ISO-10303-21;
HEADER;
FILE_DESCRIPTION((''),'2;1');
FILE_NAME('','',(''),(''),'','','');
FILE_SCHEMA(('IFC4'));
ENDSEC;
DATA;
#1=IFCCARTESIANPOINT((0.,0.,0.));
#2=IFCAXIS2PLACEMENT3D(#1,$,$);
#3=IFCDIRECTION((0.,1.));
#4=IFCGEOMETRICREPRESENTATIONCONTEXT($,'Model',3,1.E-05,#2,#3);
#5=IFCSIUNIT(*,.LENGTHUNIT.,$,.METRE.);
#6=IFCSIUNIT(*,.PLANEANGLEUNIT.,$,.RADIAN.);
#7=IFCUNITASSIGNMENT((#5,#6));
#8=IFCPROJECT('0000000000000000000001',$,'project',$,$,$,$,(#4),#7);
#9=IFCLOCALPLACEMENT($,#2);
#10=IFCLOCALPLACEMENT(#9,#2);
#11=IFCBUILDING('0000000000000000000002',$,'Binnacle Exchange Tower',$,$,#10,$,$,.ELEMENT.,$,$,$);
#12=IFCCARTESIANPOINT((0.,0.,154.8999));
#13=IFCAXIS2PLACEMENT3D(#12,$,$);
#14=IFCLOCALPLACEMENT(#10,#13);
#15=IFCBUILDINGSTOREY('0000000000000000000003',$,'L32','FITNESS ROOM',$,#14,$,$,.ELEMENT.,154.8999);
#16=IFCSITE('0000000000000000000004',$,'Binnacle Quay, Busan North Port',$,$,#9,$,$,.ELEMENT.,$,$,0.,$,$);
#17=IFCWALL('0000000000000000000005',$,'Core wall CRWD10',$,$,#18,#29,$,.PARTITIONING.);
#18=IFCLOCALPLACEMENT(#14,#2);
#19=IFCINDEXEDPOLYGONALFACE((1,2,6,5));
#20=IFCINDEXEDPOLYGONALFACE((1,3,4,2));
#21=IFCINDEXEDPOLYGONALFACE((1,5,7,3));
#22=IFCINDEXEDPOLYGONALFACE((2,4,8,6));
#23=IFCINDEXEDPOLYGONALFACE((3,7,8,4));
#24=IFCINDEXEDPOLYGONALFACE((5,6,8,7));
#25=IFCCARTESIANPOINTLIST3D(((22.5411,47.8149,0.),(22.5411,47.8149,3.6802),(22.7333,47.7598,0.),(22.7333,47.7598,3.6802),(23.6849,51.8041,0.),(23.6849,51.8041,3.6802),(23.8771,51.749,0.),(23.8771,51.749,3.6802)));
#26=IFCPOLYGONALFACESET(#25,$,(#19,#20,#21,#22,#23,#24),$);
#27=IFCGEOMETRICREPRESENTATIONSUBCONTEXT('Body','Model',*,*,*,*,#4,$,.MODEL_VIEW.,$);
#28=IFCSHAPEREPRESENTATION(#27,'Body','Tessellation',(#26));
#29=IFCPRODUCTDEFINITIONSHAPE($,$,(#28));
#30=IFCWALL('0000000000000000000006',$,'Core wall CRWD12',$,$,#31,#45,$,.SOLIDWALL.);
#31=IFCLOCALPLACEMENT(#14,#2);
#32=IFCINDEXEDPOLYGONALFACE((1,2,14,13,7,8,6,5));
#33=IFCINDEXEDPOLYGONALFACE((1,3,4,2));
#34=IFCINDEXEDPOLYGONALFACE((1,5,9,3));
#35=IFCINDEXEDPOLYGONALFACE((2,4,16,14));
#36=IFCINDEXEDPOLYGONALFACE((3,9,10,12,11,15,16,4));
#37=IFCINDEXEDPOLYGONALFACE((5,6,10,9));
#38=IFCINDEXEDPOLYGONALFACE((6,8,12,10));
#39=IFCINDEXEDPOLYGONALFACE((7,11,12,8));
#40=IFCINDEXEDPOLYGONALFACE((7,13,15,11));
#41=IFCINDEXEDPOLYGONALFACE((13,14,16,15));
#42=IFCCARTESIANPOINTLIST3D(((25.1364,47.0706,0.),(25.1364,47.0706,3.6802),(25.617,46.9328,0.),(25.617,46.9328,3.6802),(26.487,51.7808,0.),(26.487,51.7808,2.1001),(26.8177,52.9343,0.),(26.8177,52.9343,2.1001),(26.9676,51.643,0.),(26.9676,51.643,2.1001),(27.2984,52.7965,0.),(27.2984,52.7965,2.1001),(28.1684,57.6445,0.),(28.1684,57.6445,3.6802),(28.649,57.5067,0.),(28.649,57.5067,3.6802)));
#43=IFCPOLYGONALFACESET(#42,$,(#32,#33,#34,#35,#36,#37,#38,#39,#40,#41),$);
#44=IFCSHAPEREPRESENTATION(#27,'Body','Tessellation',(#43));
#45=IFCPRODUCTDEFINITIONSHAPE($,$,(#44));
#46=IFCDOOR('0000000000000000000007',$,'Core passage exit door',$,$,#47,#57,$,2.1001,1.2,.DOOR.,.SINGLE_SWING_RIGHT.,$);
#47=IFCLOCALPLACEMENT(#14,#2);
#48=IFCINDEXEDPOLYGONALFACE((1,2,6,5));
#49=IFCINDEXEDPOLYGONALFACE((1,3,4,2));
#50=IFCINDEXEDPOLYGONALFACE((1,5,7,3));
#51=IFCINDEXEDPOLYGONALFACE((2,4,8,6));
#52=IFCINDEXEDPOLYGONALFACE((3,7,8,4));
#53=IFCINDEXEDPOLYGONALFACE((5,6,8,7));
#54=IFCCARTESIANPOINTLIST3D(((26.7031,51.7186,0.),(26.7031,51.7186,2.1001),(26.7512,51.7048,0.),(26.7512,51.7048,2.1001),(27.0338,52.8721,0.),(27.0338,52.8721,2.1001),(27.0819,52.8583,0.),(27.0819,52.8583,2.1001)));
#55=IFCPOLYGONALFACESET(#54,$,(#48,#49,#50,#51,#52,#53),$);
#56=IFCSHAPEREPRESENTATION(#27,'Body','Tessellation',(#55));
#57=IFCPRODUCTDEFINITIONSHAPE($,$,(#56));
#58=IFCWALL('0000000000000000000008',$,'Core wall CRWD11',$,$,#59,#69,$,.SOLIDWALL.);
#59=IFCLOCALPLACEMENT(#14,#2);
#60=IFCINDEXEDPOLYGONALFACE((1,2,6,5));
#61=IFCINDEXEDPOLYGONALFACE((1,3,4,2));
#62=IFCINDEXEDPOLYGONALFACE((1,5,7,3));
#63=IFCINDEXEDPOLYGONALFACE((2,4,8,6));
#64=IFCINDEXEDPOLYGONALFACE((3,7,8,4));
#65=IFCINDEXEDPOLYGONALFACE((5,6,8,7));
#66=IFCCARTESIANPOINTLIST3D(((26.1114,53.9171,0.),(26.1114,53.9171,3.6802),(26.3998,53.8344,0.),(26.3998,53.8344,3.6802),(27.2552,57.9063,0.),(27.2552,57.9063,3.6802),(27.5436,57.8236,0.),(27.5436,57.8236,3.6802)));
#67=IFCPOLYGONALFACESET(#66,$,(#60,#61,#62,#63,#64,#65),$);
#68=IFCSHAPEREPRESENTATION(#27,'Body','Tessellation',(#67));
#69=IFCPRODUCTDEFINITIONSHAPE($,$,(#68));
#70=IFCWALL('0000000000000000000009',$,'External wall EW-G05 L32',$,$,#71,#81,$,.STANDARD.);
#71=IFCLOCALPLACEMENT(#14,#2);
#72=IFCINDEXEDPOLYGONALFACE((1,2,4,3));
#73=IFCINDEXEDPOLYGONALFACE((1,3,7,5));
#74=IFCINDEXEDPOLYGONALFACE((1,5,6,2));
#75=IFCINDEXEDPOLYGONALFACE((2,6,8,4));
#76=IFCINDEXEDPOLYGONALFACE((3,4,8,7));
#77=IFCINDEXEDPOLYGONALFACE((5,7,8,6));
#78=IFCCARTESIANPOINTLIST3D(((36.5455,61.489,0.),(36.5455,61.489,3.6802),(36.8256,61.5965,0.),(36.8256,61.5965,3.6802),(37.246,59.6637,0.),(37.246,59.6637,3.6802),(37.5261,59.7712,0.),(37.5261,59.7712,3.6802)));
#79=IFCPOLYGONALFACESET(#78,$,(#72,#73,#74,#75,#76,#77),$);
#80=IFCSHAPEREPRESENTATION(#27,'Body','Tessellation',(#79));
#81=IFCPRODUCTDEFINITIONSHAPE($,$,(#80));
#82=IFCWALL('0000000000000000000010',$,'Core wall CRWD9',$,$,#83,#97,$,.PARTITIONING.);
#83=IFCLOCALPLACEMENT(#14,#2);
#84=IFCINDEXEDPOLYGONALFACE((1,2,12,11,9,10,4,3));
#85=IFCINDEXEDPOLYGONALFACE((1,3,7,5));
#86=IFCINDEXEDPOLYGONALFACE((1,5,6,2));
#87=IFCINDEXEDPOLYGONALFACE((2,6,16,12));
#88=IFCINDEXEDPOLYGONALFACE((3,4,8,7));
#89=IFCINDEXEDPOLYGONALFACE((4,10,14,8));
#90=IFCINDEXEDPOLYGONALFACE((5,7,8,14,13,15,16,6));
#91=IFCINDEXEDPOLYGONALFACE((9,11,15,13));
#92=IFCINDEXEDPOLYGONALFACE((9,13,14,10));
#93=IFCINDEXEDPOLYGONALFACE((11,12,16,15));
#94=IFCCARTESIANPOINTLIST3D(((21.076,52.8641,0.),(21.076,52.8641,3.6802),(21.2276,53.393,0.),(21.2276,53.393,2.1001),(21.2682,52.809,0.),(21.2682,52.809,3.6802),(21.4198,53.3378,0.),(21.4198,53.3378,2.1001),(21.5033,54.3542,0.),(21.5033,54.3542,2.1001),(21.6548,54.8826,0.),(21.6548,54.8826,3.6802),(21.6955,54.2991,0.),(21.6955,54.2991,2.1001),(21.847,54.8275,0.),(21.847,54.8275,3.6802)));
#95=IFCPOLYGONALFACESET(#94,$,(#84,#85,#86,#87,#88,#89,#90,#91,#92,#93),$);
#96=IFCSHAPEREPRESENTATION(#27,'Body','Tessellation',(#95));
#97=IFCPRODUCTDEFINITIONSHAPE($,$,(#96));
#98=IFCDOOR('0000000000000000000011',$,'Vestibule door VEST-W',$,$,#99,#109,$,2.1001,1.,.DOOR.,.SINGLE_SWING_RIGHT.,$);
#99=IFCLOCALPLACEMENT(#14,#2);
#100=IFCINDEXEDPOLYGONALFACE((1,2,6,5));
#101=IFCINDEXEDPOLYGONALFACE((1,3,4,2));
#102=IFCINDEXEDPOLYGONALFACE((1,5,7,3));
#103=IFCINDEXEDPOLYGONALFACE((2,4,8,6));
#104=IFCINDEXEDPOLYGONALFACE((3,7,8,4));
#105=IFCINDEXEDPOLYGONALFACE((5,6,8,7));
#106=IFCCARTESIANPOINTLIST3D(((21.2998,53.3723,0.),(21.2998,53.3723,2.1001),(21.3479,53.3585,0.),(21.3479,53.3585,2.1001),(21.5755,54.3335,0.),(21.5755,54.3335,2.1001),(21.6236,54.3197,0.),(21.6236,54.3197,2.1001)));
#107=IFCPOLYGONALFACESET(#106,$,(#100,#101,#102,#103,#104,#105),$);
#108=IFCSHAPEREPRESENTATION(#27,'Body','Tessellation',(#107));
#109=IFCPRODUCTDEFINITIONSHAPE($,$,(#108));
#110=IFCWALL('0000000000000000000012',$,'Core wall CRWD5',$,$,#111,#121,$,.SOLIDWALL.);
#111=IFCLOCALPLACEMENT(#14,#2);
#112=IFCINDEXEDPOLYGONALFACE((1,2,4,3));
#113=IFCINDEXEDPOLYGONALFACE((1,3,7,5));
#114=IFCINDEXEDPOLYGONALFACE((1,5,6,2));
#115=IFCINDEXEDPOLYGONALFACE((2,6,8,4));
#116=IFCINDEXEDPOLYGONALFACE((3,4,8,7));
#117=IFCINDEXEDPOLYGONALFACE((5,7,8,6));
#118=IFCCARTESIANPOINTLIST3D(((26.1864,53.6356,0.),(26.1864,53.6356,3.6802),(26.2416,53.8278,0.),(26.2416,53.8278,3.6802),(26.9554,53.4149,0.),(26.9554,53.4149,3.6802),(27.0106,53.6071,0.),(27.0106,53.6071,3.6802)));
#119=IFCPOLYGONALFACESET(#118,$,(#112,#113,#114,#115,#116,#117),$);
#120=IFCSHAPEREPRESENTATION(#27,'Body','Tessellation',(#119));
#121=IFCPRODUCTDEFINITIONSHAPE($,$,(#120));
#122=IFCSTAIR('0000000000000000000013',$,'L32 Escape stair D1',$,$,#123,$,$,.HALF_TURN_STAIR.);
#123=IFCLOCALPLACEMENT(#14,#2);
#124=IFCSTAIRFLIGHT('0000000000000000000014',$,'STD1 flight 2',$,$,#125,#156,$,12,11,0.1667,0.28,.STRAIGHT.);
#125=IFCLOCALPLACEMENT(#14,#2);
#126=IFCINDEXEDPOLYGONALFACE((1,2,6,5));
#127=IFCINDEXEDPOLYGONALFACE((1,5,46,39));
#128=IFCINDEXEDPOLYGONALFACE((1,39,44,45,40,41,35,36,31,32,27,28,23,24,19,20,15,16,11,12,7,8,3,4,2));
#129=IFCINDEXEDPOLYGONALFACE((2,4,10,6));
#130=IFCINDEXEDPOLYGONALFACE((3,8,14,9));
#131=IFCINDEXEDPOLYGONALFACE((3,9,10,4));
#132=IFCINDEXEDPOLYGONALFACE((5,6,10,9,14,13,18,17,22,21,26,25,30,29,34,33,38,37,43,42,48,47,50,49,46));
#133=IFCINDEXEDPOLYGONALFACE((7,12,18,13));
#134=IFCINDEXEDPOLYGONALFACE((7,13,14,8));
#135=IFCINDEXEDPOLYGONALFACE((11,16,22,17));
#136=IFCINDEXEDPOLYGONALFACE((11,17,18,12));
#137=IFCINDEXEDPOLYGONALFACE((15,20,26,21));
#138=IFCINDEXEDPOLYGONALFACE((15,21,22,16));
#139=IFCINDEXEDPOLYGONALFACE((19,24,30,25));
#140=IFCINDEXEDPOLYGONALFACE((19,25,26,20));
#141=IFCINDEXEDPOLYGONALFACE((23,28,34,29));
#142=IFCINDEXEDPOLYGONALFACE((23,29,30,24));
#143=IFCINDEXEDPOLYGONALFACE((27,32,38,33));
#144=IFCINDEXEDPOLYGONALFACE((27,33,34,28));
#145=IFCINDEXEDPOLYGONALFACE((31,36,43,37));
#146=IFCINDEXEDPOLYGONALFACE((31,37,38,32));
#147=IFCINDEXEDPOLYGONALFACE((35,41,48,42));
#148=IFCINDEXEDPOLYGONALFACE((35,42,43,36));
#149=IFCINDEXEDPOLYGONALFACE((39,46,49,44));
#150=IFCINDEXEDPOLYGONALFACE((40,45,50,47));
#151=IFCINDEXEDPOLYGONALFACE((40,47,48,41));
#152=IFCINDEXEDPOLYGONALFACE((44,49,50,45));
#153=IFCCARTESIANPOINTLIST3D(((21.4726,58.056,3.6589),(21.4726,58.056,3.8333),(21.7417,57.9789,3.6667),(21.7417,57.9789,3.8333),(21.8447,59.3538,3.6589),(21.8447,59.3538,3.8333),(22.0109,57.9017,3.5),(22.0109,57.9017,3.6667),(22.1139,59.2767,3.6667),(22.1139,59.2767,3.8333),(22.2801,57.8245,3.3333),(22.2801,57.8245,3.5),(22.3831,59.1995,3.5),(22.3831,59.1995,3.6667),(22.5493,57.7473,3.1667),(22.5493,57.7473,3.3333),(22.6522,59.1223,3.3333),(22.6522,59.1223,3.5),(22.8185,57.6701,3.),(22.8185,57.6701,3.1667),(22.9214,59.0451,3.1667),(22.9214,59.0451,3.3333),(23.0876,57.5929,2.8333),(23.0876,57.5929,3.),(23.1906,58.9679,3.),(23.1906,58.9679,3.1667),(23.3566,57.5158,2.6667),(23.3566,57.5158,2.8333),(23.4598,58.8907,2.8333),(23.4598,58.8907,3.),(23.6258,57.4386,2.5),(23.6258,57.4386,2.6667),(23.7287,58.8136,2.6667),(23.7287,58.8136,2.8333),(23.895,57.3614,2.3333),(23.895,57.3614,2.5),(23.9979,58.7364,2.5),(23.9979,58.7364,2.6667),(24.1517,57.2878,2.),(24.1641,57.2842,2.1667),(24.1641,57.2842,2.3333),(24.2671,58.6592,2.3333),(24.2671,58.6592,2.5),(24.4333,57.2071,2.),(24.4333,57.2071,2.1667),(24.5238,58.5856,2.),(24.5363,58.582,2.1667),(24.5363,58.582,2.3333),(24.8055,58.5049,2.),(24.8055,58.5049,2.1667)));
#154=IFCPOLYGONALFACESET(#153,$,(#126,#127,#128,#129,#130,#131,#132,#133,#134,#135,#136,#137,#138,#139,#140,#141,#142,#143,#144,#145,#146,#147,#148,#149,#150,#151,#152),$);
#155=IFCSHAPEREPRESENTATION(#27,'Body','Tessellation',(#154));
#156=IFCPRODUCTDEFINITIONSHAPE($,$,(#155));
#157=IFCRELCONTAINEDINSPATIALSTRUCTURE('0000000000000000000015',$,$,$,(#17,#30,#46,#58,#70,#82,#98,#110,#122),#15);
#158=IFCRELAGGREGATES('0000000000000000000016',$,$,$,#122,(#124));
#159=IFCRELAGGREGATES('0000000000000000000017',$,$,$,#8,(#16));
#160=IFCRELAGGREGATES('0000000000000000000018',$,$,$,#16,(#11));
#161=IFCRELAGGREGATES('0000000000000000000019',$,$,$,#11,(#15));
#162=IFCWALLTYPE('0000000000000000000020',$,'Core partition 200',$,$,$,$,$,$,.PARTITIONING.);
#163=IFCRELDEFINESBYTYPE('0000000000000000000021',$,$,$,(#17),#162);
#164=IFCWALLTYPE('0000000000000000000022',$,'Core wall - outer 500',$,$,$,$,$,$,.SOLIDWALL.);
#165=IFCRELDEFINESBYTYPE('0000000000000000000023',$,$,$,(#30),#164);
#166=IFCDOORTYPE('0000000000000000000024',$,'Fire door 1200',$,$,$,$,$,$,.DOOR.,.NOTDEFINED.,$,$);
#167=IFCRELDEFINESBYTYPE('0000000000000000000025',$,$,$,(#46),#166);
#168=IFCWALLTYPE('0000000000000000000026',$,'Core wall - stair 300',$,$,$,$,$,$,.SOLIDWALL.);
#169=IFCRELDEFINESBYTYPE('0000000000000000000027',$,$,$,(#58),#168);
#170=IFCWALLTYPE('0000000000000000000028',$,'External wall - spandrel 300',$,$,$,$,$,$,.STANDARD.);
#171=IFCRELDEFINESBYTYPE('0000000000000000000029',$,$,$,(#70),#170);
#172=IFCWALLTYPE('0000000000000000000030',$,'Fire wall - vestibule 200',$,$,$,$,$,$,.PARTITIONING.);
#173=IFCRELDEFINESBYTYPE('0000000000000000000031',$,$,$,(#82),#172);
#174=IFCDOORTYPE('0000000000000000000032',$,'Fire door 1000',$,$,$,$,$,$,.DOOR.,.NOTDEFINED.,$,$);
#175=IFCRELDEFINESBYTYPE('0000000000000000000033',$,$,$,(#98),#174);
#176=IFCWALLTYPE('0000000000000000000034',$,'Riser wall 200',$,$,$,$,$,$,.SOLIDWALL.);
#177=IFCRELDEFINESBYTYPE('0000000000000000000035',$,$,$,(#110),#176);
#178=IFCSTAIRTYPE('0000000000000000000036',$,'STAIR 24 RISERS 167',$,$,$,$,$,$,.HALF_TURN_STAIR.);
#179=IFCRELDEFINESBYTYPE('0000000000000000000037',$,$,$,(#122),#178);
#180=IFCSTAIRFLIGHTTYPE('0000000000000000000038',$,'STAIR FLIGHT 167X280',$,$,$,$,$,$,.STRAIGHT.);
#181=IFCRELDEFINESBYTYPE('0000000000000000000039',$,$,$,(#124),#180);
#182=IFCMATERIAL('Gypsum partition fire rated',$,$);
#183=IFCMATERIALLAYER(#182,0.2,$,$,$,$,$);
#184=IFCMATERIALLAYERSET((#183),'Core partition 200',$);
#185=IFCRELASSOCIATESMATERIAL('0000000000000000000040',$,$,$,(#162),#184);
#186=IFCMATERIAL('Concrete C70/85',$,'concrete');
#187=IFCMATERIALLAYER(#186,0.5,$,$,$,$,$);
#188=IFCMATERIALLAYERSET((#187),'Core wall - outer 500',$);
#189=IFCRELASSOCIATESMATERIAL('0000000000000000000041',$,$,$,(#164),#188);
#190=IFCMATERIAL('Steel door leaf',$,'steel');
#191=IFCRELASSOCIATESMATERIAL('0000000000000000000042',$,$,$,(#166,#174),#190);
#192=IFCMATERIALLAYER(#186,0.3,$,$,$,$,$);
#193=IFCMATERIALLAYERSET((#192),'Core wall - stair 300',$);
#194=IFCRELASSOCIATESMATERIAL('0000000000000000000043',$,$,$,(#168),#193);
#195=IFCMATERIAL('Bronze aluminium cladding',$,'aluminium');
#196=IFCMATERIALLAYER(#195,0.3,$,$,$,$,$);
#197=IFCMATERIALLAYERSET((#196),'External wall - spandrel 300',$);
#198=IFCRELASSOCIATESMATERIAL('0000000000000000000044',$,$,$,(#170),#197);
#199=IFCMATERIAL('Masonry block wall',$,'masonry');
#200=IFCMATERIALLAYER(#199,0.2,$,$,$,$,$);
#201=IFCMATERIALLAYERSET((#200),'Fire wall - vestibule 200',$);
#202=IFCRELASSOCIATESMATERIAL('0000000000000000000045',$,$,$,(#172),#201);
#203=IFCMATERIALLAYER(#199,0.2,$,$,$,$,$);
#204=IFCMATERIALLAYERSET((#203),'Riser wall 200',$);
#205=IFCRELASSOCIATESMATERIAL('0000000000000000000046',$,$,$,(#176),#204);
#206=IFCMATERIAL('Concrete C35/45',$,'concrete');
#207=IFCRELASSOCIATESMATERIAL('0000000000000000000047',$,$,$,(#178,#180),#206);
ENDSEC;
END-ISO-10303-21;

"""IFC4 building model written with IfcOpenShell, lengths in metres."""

from ifc_helpers import new_model, si_unit, direction, frame, frame_2d, origin, place, context, subcontext, project, spatial, polyline, rectangle, outline, extrude, material, layer, layer_set, type_object, element, fill, aggregate, save


model = new_model("IFC4")

# Units and contexts
model_context = context("Model", 3, precision=1e-05, world=origin(), true_north=direction((0.0, 1.0)))
body_context = subcontext(model_context, "Body", "Model", "MODEL_VIEW")
ifc_project = project(units=[si_unit("LENGTHUNIT", "METRE"), si_unit("PLANEANGLEUNIT", "RADIAN")], contexts=[model_context])

# Site, building, storey
site_placement = place(None, origin())
site = spatial("IfcSite", under=ifc_project, at=site_placement, Name="Binnacle Quay, Busan North Port", CompositionType="ELEMENT", RefElevation=0.0)
building_placement = place(site_placement, origin())
building = spatial("IfcBuilding", under=site, at=building_placement, Name="Binnacle Exchange Tower", CompositionType="ELEMENT")
storey_placement = place(building_placement, frame((0.0, 0.0, 154.8999)))
storey = spatial("IfcBuildingStorey", under=building, at=storey_placement, Name="L32", Description="FITNESS ROOM", CompositionType="ELEMENT", Elevation=154.8999)

# Shared definitions
ifc_material_1 = material(Name="Concrete C70/85", Category="concrete")

# Wall
ifc_material_2 = material(Name="Gypsum partition fire rated")
ifc_layer_1 = layer(ifc_material_2, 0.2)
ifc_layer_set_1 = layer_set([ifc_layer_1], Name="Core partition 200")
wall_type_1 = type_object("IfcWallType", Name="Core partition 200", PredefinedType="PARTITIONING", material=ifc_layer_set_1)
wall_1_placement = place(storey_placement, frame((22.6372, 47.7874, 0.0), z_axis=(0.0, 0.0, 1.0), x_axis=(0.275615, 0.961268, 0.0)))
element("IfcWall", 1, at=wall_1_placement, inside=storey, type_object=wall_type_1, Name="Core wall CRWD10", PredefinedType="PARTITIONING", context=body_context, shape_type="SweptSolid", body=[
    extrude(rectangle(XDim=4.1499, YDim=0.2, at=frame_2d((2.075, 0.0))), origin(), (0.0, 0.0, 1.0), 3.6802),
])

# Wall, opening, door
ifc_layer_2 = layer(ifc_material_1, 0.5)
ifc_layer_set_2 = layer_set([ifc_layer_2], Name="Core wall - outer 500")
wall_type_2 = type_object("IfcWallType", Name="Core wall - outer 500", PredefinedType="SOLIDWALL", material=ifc_layer_set_2)
wall_2_placement = place(storey_placement, frame((25.3767, 47.0017, 0.0), z_axis=(0.0, 0.0, 1.0), x_axis=(0.275633, 0.961263, 0.0)))
wall_2 = element("IfcWall", 2, at=wall_2_placement, inside=storey, type_object=wall_type_2, Name="Core wall CRWD12", PredefinedType="SOLIDWALL", context=body_context, shape_type="SweptSolid", body=[
    extrude(rectangle(XDim=11.0, YDim=0.5, at=frame_2d((5.5, 0.0))), origin(), (0.0, 0.0, 1.0), 3.6802),
])
opening_1_placement = place(wall_2_placement, frame((4.8999, 0.0, 0.0)))
opening_1 = element("IfcOpeningElement", 3, at=opening_1_placement, cuts=wall_2, PredefinedType="OPENING", context=body_context, shape_type="SweptSolid", body=[
    extrude(rectangle(XDim=1.2, YDim=2.1001, at=frame_2d((0.6001, 1.05))), frame((0.0, 0.26, 0.0), z_axis=(0.0, -1.0, 0.0), x_axis=(1.0, 0.0, 0.0)), (0.0, 0.0, 1.0), 0.52),
])
ifc_material_3 = material(Name="Steel door leaf", Category="steel")
door_type_1 = type_object("IfcDoorType", Name="Fire door 1200", OperationType="NOTDEFINED", PredefinedType="DOOR", material=ifc_material_3)
door_1_placement = place(opening_1_placement, frame((1.2, 0.0, 0.0), z_axis=(0.0, 0.0, 1.0), x_axis=(-1.0, 0.0, 0.0)))
door_1 = element("IfcDoor", 4, at=door_1_placement, inside=storey, type_object=door_type_1, Name="Core passage exit door", OperationType="SINGLE_SWING_RIGHT", OverallHeight=2.1001, OverallWidth=1.2, PredefinedType="DOOR", context=body_context, shape_type="SweptSolid", body=[
    extrude(rectangle(XDim=1.2, YDim=2.1001, at=frame_2d((0.6001, 1.05))), frame((0.0, 0.0249, 0.0), z_axis=(0.0, -1.0, 0.0), x_axis=(1.0, 0.0, 0.0)), (0.0, 0.0, 1.0), 0.05),
])
fill(opening_1, door_1)

# Wall
ifc_layer_3 = layer(ifc_material_1, 0.3)
ifc_layer_set_3 = layer_set([ifc_layer_3], Name="Core wall - stair 300")
wall_type_3 = type_object("IfcWallType", Name="Core wall - stair 300", PredefinedType="SOLIDWALL", material=ifc_layer_set_3)
wall_3_placement = place(storey_placement, frame((26.2556, 53.8757, 0.0), z_axis=(0.0, 0.0, 1.0), x_axis=(0.275615, 0.961268, 0.0)))
element("IfcWall", 5, at=wall_3_placement, inside=storey, type_object=wall_type_3, Name="Core wall CRWD11", PredefinedType="SOLIDWALL", context=body_context, shape_type="SweptSolid", body=[
    extrude(rectangle(XDim=4.1499, YDim=0.3, at=frame_2d((2.075, 0.0))), origin(), (0.0, 0.0, 1.0), 3.6802),
])

# Shared definitions
ifc_material_4 = material(Name="Bronze aluminium cladding", Category="aluminium")
ifc_layer_4 = layer(ifc_material_4, 0.3)
ifc_layer_set_4 = layer_set([ifc_layer_4], Name="External wall - spandrel 300")
wall_type_4 = type_object("IfcWallType", Name="External wall - spandrel 300", PredefinedType="STANDARD", material=ifc_layer_set_4)

# Wall
wall_4_placement = place(storey_placement, frame((36.6855, 61.5427, 0.0), z_axis=(0.0, 0.0, 1.0), x_axis=(0.358284, -0.933612, 0.0)))
element("IfcWall", 6, at=wall_4_placement, inside=storey, type_object=wall_type_4, Name="External wall EW-G05 L32", PredefinedType="STANDARD", context=body_context, shape_type="SweptSolid", body=[
    extrude(rectangle(XDim=1.9551, YDim=0.3, at=frame_2d((0.9775, 0.0))), origin(), (0.0, 0.0, 1.0), 3.6802),
])

# Wall, opening, door
ifc_material_5 = material(Name="Masonry block wall", Category="masonry")
ifc_layer_5 = layer(ifc_material_5, 0.2)
ifc_layer_set_5 = layer_set([ifc_layer_5], Name="Fire wall - vestibule 200")
wall_type_5 = type_object("IfcWallType", Name="Fire wall - vestibule 200", PredefinedType="PARTITIONING", material=ifc_layer_set_5)
wall_5_placement = place(storey_placement, frame((21.1721, 52.8367, 0.0), z_axis=(0.0, 0.0, 1.0), x_axis=(0.275658, 0.961256, 0.0)))
wall_5 = element("IfcWall", 7, at=wall_5_placement, inside=storey, type_object=wall_type_5, Name="Core wall CRWD9", PredefinedType="PARTITIONING", context=body_context, shape_type="SweptSolid", body=[
    extrude(rectangle(XDim=2.0999, YDim=0.2, at=frame_2d((1.0498, 0.0))), origin(), (0.0, 0.0, 1.0), 3.6802),
])
opening_2_placement = place(wall_5_placement, frame((0.55, 0.0, 0.0)))
opening_2 = element("IfcOpeningElement", 8, at=opening_2_placement, cuts=wall_5, PredefinedType="OPENING", context=body_context, shape_type="SweptSolid", body=[
    extrude(rectangle(XDim=1.0, YDim=2.1001, at=frame_2d((0.5, 1.05))), frame((0.0, 0.1099, 0.0), z_axis=(0.0, -1.0, 0.0), x_axis=(1.0, 0.0, 0.0)), (0.0, 0.0, 1.0), 0.22),
])
door_type_2 = type_object("IfcDoorType", Name="Fire door 1000", OperationType="NOTDEFINED", PredefinedType="DOOR", material=ifc_material_3)
door_2_placement = place(opening_2_placement, origin())
door_2 = element("IfcDoor", 9, at=door_2_placement, inside=storey, type_object=door_type_2, Name="Vestibule door VEST-W", OperationType="SINGLE_SWING_RIGHT", OverallHeight=2.1001, OverallWidth=1.0, PredefinedType="DOOR", context=body_context, shape_type="SweptSolid", body=[
    extrude(rectangle(XDim=1.0, YDim=2.1001, at=frame_2d((0.5, 1.05))), frame((0.0, 0.0249, 0.0), z_axis=(0.0, -1.0, 0.0), x_axis=(1.0, 0.0, 0.0)), (0.0, 0.0, 1.0), 0.05),
])
fill(opening_2, door_2)

# Wall
ifc_layer_6 = layer(ifc_material_5, 0.2)
ifc_layer_set_6 = layer_set([ifc_layer_6], Name="Riser wall 200")
wall_type_6 = type_object("IfcWallType", Name="Riser wall 200", PredefinedType="SOLIDWALL", material=ifc_layer_set_6)
wall_6_placement = place(storey_placement, frame((26.2141, 53.7317, 0.0), z_axis=(0.0, 0.0, 1.0), x_axis=(0.961201, -0.275849, 0.0)))
element("IfcWall", 10, at=wall_6_placement, inside=storey, type_object=wall_type_6, Name="Core wall CRWD5", PredefinedType="SOLIDWALL", context=body_context, shape_type="SweptSolid", body=[
    extrude(rectangle(XDim=0.8, YDim=0.2, at=frame_2d((0.3999, 0.0))), origin(), (0.0, 0.0, 1.0), 3.6802),
])

# Stair, stair flight
ifc_material_6 = material(Name="Concrete C35/45", Category="concrete")
stair_type = type_object("IfcStairType", Name="STAIR 24 RISERS 167", PredefinedType="HALF_TURN_STAIR", material=ifc_material_6)
stair_placement = place(storey_placement, origin())
stair = element("IfcStair", 11, at=stair_placement, inside=storey, type_object=stair_type, Name="L32 Escape stair D1", PredefinedType="HALF_TURN_STAIR")
stair_flight_type = type_object("IfcStairFlightType", Name="STAIR FLIGHT 167X280", PredefinedType="STRAIGHT", material=ifc_material_6)
stair_flight_placement = place(storey_placement, frame((24.6194, 57.856, 2.0), z_axis=(0.0, 0.0, 1.0), x_axis=(-0.961262, 0.275637, 0.0)))
stair_flight = element("IfcStairFlight", 12, at=stair_flight_placement, type_object=stair_flight_type, Name="STD1 flight 2", NumberOfRisers=12, NumberOfTreads=11, PredefinedType="STRAIGHT", RiserHeight=0.1667, TreadLength=0.28, context=body_context, shape_type="SweptSolid", body=[
    extrude(outline(polyline([(0.0, 0.0), (0.0, 0.1667), (0.28, 0.1667), (0.28, 0.3333), (0.5601, 0.3333), (0.5601, 0.5), (0.8401, 0.5), (0.8401, 0.6667), (1.1201, 0.6667), (1.1201, 0.8333), (1.3999, 0.8333), (1.3999, 1.0), (1.6799, 1.0), (1.6799, 1.1667), (1.96, 1.1667), (1.96, 1.3333), (2.24, 1.3333), (2.24, 1.5), (2.52, 1.5), (2.52, 1.6667), (2.8, 1.6667), (2.8, 1.8333), (3.0801, 1.8333), (3.0801, 2.0), (3.0801, 1.6589), (0.293, 0.0), (0.0, 0.0)])), frame((0.0, 0.675, 0.0), z_axis=(0.0, -1.0, 0.0), x_axis=(1.0, 0.0, 0.0)), (0.0, 0.0, 1.0), 1.3501),
])
aggregate(stair, [stair_flight])

save(model, "model.ifc")
